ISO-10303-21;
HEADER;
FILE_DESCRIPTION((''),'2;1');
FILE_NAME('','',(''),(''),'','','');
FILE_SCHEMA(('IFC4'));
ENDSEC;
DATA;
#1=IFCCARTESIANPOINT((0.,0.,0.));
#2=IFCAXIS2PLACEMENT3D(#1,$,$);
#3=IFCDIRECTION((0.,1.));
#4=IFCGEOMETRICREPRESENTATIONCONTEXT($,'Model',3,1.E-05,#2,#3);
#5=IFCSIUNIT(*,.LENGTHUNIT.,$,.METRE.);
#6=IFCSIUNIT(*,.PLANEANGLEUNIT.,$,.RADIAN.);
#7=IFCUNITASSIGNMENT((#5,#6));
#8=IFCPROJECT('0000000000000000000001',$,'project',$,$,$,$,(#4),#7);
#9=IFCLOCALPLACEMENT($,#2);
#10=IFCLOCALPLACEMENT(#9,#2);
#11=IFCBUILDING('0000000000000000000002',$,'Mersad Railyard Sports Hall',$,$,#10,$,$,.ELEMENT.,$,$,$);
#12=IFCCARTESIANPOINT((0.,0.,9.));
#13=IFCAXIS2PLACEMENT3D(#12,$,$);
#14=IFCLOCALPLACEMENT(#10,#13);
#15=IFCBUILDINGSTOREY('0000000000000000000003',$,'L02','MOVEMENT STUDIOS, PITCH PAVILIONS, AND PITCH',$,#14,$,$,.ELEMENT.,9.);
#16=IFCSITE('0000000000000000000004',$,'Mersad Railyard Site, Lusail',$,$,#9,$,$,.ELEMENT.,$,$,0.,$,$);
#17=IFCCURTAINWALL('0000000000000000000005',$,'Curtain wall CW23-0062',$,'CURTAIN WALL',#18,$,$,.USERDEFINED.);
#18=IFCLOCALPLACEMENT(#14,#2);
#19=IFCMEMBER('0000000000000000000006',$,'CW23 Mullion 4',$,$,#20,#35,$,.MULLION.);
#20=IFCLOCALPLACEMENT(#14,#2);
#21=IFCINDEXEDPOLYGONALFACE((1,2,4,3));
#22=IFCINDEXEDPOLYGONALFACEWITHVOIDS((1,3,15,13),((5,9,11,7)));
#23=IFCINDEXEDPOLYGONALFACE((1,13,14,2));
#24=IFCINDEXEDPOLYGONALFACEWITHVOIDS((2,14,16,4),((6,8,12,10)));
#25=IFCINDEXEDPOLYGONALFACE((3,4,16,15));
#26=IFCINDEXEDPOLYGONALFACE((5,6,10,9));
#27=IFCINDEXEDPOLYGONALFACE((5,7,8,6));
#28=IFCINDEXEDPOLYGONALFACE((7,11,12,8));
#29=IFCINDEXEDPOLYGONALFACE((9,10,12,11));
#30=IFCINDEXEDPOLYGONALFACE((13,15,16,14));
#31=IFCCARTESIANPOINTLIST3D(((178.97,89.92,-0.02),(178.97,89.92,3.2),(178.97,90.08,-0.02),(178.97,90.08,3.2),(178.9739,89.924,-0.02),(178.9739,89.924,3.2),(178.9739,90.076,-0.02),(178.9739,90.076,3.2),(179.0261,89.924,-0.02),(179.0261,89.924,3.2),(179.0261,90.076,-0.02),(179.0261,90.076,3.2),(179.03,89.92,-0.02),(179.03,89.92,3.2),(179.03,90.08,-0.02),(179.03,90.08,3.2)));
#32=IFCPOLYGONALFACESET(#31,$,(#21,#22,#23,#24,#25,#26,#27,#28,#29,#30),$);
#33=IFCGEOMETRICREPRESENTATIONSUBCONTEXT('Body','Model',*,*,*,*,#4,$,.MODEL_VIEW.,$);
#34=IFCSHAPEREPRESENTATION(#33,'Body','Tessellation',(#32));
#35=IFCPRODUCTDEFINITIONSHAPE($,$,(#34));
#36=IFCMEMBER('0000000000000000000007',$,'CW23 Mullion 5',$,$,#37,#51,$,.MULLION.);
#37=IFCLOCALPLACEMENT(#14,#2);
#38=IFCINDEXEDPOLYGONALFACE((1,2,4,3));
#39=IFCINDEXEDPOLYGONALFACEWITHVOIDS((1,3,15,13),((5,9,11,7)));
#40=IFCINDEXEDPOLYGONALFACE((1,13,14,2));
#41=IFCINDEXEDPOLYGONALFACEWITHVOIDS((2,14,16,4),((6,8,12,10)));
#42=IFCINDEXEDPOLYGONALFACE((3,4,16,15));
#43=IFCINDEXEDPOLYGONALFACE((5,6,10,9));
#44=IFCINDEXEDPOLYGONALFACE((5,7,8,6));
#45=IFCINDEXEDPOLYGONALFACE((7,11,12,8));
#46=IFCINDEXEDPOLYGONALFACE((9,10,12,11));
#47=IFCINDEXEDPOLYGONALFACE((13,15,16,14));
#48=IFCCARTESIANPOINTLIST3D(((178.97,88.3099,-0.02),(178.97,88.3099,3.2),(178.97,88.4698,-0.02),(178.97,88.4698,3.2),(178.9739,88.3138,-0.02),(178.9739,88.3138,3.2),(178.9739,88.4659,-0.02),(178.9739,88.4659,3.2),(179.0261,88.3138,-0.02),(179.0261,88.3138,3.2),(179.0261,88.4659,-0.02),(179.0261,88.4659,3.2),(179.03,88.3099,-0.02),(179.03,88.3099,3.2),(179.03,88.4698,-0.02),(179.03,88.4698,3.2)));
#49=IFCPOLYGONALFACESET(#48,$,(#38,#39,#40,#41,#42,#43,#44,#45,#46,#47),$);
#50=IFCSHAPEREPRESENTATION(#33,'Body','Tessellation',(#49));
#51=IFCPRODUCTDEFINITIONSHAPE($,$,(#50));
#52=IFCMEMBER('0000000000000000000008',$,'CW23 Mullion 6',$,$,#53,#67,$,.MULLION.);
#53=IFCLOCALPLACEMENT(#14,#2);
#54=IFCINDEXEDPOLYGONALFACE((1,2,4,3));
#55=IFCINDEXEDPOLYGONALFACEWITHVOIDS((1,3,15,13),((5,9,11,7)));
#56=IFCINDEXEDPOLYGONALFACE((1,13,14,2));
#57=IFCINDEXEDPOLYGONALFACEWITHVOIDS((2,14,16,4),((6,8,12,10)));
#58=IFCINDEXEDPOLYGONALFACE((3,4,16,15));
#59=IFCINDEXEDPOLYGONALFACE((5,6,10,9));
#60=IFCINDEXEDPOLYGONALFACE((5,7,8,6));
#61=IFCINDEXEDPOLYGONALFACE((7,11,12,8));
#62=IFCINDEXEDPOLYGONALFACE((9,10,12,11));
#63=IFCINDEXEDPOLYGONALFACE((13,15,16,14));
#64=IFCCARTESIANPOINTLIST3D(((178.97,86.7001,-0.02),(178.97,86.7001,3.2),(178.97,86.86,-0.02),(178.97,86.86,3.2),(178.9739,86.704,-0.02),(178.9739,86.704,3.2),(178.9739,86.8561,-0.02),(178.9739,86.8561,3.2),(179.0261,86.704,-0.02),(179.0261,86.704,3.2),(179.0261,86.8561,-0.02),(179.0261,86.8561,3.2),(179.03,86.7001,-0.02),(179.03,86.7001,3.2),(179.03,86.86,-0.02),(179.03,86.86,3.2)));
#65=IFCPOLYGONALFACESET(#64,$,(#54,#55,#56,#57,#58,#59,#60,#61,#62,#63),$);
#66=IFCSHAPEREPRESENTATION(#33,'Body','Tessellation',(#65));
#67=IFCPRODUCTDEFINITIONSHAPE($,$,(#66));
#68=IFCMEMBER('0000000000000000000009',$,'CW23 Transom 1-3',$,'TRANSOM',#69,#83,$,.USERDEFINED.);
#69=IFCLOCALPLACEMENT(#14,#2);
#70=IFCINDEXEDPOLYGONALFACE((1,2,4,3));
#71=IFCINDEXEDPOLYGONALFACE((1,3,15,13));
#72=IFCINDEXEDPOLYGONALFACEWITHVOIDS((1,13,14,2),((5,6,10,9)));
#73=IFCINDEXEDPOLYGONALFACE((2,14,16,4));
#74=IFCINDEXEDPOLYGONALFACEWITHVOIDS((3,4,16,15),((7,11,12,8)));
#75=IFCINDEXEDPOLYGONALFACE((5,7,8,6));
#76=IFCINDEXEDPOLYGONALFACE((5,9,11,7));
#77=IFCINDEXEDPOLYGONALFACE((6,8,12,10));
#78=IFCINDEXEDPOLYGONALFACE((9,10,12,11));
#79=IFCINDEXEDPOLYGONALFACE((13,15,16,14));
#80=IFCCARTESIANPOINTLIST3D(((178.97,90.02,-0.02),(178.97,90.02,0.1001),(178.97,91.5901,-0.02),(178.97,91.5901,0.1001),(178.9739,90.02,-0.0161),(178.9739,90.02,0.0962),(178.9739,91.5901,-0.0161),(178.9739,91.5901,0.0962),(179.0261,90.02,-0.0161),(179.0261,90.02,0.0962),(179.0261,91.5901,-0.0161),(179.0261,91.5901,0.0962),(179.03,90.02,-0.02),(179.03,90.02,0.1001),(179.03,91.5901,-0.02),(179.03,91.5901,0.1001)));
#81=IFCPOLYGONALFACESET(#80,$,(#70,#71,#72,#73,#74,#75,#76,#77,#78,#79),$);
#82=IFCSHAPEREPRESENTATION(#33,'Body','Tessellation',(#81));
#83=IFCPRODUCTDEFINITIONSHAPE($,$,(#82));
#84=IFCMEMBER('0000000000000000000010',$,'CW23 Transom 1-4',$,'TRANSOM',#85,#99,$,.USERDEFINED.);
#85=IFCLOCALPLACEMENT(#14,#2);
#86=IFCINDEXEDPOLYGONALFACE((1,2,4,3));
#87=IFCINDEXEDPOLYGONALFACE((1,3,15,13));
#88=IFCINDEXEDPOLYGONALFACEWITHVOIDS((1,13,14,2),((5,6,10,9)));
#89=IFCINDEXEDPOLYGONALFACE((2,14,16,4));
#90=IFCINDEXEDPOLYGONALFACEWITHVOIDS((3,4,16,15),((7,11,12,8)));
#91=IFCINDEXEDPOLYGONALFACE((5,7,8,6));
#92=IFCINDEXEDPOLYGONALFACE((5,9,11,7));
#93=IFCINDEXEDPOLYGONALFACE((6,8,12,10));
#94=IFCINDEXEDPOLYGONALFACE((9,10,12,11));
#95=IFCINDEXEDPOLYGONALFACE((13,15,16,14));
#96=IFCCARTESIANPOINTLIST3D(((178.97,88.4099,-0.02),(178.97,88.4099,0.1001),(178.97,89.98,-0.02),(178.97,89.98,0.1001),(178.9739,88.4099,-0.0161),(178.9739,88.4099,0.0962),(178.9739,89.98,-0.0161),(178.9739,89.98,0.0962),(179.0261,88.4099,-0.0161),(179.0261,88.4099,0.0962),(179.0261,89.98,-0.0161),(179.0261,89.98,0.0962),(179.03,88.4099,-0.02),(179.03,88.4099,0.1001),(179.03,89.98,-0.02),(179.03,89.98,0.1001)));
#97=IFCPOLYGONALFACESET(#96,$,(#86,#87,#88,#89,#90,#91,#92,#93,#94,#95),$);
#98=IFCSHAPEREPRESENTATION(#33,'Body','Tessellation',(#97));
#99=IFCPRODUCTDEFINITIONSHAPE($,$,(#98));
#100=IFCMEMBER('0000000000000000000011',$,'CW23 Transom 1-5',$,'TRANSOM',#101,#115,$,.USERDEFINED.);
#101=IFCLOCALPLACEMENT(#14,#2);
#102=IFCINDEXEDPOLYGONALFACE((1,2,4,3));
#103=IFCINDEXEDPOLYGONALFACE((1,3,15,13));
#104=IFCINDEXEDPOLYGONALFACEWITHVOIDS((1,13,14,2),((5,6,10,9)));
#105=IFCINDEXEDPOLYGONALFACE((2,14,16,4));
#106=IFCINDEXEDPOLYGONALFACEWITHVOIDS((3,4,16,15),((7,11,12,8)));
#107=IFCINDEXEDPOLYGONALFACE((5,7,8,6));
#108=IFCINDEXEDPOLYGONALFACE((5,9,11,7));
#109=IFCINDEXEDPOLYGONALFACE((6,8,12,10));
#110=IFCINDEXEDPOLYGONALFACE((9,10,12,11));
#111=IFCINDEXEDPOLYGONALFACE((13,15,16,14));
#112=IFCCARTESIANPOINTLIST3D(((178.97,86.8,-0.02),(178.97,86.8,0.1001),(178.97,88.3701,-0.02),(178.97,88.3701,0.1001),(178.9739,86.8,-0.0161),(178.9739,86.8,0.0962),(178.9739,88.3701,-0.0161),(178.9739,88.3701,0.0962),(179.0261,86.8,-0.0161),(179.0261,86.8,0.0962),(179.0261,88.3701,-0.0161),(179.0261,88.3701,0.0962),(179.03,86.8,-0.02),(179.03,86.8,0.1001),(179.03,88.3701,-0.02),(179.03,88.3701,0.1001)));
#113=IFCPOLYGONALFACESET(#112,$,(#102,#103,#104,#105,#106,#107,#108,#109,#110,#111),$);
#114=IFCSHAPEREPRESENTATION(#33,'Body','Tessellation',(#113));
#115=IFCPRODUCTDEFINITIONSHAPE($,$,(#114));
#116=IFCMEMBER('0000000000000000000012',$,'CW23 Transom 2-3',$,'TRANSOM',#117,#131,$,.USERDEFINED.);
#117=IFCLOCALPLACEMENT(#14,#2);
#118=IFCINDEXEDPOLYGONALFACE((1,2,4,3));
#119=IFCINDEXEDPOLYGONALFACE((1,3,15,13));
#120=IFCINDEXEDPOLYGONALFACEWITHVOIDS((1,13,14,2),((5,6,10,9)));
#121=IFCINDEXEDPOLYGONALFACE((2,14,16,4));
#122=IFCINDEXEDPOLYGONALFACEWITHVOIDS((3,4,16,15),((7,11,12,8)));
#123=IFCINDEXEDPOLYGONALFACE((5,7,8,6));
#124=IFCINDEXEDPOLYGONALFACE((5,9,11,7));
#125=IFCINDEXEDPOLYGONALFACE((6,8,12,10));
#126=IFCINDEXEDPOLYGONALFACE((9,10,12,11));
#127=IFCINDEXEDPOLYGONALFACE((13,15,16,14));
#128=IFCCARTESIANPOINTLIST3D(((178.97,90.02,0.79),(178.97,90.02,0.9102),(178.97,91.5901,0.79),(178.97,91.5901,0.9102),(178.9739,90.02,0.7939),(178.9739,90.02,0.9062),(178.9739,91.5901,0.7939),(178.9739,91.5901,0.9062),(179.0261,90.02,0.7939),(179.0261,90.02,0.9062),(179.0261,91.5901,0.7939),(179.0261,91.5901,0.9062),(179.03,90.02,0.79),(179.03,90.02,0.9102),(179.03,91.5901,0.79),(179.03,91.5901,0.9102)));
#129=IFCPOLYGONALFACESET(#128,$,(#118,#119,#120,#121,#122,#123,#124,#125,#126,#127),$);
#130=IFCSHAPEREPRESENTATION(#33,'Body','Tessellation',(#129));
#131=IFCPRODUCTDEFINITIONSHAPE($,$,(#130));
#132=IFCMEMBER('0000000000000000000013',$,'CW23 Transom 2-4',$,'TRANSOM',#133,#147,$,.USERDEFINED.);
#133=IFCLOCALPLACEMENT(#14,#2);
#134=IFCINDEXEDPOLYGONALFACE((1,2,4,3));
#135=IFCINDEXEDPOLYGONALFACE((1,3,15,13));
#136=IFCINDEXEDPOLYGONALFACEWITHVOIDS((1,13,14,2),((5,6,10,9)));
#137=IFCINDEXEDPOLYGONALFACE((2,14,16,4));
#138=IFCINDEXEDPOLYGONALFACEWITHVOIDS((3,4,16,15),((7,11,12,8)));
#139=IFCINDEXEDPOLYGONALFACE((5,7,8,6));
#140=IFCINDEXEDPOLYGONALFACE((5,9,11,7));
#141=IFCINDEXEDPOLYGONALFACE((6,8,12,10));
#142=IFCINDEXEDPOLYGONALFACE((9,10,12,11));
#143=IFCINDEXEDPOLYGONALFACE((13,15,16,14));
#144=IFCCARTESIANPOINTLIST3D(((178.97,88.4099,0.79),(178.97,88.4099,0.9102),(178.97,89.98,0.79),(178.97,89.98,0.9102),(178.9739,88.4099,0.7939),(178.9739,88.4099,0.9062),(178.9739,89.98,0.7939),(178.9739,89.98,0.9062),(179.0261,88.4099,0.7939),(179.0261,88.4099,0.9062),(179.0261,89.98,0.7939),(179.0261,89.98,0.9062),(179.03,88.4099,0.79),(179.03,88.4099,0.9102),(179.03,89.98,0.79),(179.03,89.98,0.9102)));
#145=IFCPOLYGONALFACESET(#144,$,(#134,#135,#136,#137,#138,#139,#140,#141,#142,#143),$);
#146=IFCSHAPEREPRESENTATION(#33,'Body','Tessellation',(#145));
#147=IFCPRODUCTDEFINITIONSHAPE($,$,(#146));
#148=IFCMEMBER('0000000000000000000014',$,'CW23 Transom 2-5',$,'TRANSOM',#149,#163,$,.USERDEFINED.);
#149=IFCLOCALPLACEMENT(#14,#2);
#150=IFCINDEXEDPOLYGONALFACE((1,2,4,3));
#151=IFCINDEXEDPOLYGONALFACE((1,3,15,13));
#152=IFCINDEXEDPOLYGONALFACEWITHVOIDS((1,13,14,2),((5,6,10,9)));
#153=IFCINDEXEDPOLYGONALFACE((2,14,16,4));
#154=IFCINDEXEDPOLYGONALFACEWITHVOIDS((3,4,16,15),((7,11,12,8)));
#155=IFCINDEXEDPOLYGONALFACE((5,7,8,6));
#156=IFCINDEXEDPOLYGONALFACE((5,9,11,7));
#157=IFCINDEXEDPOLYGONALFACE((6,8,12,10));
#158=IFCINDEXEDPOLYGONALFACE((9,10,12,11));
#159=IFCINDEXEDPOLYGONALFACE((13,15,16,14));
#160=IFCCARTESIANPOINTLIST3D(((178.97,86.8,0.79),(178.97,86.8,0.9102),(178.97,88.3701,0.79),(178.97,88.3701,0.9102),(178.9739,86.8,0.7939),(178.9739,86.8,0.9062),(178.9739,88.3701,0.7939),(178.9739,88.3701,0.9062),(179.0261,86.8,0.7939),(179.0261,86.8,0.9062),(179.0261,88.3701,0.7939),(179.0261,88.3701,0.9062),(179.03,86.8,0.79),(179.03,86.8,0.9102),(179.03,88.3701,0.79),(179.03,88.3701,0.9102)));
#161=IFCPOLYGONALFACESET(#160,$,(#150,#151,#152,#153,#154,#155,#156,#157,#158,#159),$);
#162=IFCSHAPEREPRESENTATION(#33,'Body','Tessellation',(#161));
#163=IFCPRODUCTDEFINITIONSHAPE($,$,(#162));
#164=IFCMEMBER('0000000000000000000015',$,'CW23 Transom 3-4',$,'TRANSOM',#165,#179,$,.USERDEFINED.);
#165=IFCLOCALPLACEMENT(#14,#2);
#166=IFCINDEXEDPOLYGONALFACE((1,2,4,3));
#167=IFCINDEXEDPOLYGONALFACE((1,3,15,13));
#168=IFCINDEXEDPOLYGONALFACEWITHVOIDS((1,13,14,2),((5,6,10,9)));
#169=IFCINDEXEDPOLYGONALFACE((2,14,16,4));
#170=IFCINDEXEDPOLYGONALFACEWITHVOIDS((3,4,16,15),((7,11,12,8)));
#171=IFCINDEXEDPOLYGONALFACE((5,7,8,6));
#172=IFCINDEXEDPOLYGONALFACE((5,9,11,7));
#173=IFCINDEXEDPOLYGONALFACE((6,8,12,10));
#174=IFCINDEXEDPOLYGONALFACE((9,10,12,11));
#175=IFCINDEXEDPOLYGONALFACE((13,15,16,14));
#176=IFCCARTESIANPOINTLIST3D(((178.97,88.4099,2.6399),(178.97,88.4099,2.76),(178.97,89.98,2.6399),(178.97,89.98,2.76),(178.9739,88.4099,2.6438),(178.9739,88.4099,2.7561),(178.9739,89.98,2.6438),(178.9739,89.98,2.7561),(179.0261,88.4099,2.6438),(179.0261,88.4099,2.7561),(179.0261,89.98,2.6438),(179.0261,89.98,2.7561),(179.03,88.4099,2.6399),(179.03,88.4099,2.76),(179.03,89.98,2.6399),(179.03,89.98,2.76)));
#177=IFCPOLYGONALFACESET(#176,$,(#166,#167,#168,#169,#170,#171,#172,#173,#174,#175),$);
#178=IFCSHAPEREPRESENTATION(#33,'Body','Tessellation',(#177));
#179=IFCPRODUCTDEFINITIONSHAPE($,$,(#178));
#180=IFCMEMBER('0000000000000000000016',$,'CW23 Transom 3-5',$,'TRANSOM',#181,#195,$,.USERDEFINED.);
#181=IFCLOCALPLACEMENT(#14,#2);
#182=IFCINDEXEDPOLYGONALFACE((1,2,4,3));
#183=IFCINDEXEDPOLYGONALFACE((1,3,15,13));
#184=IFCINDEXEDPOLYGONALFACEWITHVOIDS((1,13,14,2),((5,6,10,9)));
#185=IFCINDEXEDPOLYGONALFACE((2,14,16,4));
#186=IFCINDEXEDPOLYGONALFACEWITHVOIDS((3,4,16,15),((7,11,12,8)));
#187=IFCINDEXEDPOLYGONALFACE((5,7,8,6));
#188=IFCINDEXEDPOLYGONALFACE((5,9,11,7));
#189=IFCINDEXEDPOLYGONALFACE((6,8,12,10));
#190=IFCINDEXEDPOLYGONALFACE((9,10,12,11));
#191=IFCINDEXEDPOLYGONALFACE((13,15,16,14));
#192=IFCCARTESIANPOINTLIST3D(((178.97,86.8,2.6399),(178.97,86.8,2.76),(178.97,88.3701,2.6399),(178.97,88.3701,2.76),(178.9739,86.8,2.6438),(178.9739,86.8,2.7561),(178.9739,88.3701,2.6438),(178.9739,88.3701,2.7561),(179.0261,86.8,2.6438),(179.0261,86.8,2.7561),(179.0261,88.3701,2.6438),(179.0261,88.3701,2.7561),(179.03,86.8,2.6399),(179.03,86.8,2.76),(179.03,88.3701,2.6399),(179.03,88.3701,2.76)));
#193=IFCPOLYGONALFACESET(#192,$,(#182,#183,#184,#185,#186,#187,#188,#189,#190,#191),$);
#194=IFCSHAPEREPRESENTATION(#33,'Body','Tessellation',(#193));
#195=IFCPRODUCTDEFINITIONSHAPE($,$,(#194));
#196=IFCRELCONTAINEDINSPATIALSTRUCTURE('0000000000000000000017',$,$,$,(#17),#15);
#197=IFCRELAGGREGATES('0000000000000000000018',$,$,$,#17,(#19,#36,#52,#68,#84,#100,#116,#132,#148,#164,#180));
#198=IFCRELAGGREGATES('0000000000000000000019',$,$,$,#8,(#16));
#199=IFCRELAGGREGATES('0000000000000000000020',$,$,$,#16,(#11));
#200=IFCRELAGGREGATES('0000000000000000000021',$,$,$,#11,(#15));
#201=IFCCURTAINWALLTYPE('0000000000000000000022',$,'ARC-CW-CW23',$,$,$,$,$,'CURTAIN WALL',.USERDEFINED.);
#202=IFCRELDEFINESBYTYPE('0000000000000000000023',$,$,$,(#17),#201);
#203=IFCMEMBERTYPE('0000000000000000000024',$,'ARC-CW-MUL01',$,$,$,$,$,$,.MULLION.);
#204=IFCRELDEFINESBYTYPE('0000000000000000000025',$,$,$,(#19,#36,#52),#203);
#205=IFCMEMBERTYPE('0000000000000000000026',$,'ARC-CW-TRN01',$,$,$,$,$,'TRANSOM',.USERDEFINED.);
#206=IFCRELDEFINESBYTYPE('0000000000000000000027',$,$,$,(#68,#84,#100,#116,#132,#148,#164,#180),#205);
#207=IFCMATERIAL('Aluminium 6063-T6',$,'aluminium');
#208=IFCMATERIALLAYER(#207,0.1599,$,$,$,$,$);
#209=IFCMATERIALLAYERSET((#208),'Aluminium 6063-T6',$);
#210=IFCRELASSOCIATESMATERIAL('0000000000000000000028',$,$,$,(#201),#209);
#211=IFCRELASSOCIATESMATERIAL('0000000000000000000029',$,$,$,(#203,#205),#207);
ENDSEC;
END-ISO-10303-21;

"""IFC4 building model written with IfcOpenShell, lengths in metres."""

from ifc_helpers import new_model, si_unit, direction, frame, origin, origin_2d, place, context, subcontext, project, spatial, hollow_rectangle, extrude, material, layer, layer_set, material_profile, profile_set, type_object, element, aggregate, save


model = new_model("IFC4")

# Units and contexts
model_context = context("Model", 3, precision=1e-05, world=origin(), true_north=direction((0.0, 1.0)))
body_context = subcontext(model_context, "Body", "Model", "MODEL_VIEW")
ifc_project = project(units=[si_unit("LENGTHUNIT", "METRE"), si_unit("PLANEANGLEUNIT", "RADIAN")], contexts=[model_context])

# Site, building, storey
site_placement = place(None, origin())
site = spatial("IfcSite", under=ifc_project, at=site_placement, Name="Mersad Railyard Site, Lusail", CompositionType="ELEMENT", RefElevation=0.0)
building_placement = place(site_placement, origin())
building = spatial("IfcBuilding", under=site, at=building_placement, Name="Mersad Railyard Sports Hall", CompositionType="ELEMENT")
storey_placement = place(building_placement, frame((0.0, 0.0, 9.0)))
storey = spatial("IfcBuildingStorey", under=building, at=storey_placement, Name="L02", Description="MOVEMENT STUDIOS, PITCH PAVILIONS, AND PITCH", CompositionType="ELEMENT", Elevation=9.0)

# Curtain wall, members
ifc_material_1 = material(Name="Aluminium 6063-T6", Category="aluminium")
ifc_layer_1 = layer(ifc_material_1, 0.1599)
ifc_layer_set_1 = layer_set([ifc_layer_1], Name="Aluminium 6063-T6")
curtain_wall_type = type_object("IfcCurtainWallType", Name="ARC-CW-CW23", ElementType="CURTAIN WALL", PredefinedType="USERDEFINED", material=ifc_layer_set_1)
curtain_wall_placement = place(storey_placement, origin())
curtain_wall = element("IfcCurtainWall", 1, at=curtain_wall_placement, inside=storey, type_object=curtain_wall_type, Name="Curtain wall CW23-0062", ObjectType="CURTAIN WALL", PredefinedType="USERDEFINED")
ifc_material_profile_1 = material_profile(ifc_material_1, hollow_rectangle(XDim=0.0601, YDim=0.1599, WallThickness=0.0039, at=origin_2d()), Name="AL MULLION 60x160x4")
ifc_profile_set_1 = profile_set([ifc_material_profile_1], Name="Aluminium 6063-T6")
member_type_1 = type_object("IfcMemberType", Name="ARC-CW-MUL01", PredefinedType="MULLION", material=ifc_profile_set_1)
member_1_placement = place(storey_placement, frame((179.0, 90.0, -0.02), z_axis=(0.0, 0.0, 1.0), x_axis=(1.0, 0.0, 0.0)))
member_1 = element("IfcMember", 2, at=member_1_placement, type_object=member_type_1, Name="CW23 Mullion 4", PredefinedType="MULLION", context=body_context, shape_type="SweptSolid", body=[
    extrude(hollow_rectangle(XDim=0.0601, YDim=0.1599, WallThickness=0.0039, at=origin_2d()), origin(), (0.0, 0.0, 1.0), 3.22),
])
member_2_placement = place(storey_placement, frame((179.0, 88.3899, -0.02), z_axis=(0.0, 0.0, 1.0), x_axis=(1.0, 0.0, 0.0)))
member_2 = element("IfcMember", 3, at=member_2_placement, type_object=member_type_1, Name="CW23 Mullion 5", PredefinedType="MULLION", context=body_context, shape_type="SweptSolid", body=[
    extrude(hollow_rectangle(XDim=0.0601, YDim=0.1599, WallThickness=0.0039, at=origin_2d()), origin(), (0.0, 0.0, 1.0), 3.22),
])
member_3_placement = place(storey_placement, frame((179.0, 86.78, -0.02), z_axis=(0.0, 0.0, 1.0), x_axis=(1.0, 0.0, 0.0)))
member_3 = element("IfcMember", 4, at=member_3_placement, type_object=member_type_1, Name="CW23 Mullion 6", PredefinedType="MULLION", context=body_context, shape_type="SweptSolid", body=[
    extrude(hollow_rectangle(XDim=0.0601, YDim=0.1599, WallThickness=0.0039, at=origin_2d()), origin(), (0.0, 0.0, 1.0), 3.22),
])
ifc_material_profile_2 = material_profile(ifc_material_1, hollow_rectangle(XDim=0.0601, YDim=0.1201, WallThickness=0.0039, at=origin_2d()), Name="AL TRANSOM 60x120x4")
ifc_profile_set_2 = profile_set([ifc_material_profile_2], Name="Aluminium 6063-T6")
member_type_2 = type_object("IfcMemberType", Name="ARC-CW-TRN01", ElementType="TRANSOM", PredefinedType="USERDEFINED", material=ifc_profile_set_2)
member_4_placement = place(storey_placement, frame((179.0, 91.5901, 0.04), z_axis=(0.0, -1.0, 0.0), x_axis=(1.0, 0.0, 0.0)))
member_4 = element("IfcMember", 5, at=member_4_placement, type_object=member_type_2, Name="CW23 Transom 1-3", ObjectType="TRANSOM", PredefinedType="USERDEFINED", context=body_context, shape_type="SweptSolid", body=[
    extrude(hollow_rectangle(XDim=0.0601, YDim=0.1201, WallThickness=0.0039, at=origin_2d()), origin(), (0.0, 0.0, 1.0), 1.5701),
])
member_5_placement = place(storey_placement, frame((179.0, 89.98, 0.04), z_axis=(0.0, -1.0, 0.0), x_axis=(1.0, 0.0, 0.0)))
member_5 = element("IfcMember", 6, at=member_5_placement, type_object=member_type_2, Name="CW23 Transom 1-4", ObjectType="TRANSOM", PredefinedType="USERDEFINED", context=body_context, shape_type="SweptSolid", body=[
    extrude(hollow_rectangle(XDim=0.0601, YDim=0.1201, WallThickness=0.0039, at=origin_2d()), origin(), (0.0, 0.0, 1.0), 1.5701),
])
member_6_placement = place(storey_placement, frame((179.0, 88.3701, 0.04), z_axis=(0.0, -1.0, 0.0), x_axis=(1.0, 0.0, 0.0)))
member_6 = element("IfcMember", 7, at=member_6_placement, type_object=member_type_2, Name="CW23 Transom 1-5", ObjectType="TRANSOM", PredefinedType="USERDEFINED", context=body_context, shape_type="SweptSolid", body=[
    extrude(hollow_rectangle(XDim=0.0601, YDim=0.1201, WallThickness=0.0039, at=origin_2d()), origin(), (0.0, 0.0, 1.0), 1.5701),
])
member_7_placement = place(storey_placement, frame((179.0, 91.5901, 0.8501), z_axis=(0.0, -1.0, 0.0), x_axis=(1.0, 0.0, 0.0)))
member_7 = element("IfcMember", 8, at=member_7_placement, type_object=member_type_2, Name="CW23 Transom 2-3", ObjectType="TRANSOM", PredefinedType="USERDEFINED", context=body_context, shape_type="SweptSolid", body=[
    extrude(hollow_rectangle(XDim=0.0601, YDim=0.1201, WallThickness=0.0039, at=origin_2d()), origin(), (0.0, 0.0, 1.0), 1.5701),
])
member_8_placement = place(storey_placement, frame((179.0, 89.98, 0.8501), z_axis=(0.0, -1.0, 0.0), x_axis=(1.0, 0.0, 0.0)))
member_8 = element("IfcMember", 9, at=member_8_placement, type_object=member_type_2, Name="CW23 Transom 2-4", ObjectType="TRANSOM", PredefinedType="USERDEFINED", context=body_context, shape_type="SweptSolid", body=[
    extrude(hollow_rectangle(XDim=0.0601, YDim=0.1201, WallThickness=0.0039, at=origin_2d()), origin(), (0.0, 0.0, 1.0), 1.5701),
])
member_9_placement = place(storey_placement, frame((179.0, 88.3701, 0.8501), z_axis=(0.0, -1.0, 0.0), x_axis=(1.0, 0.0, 0.0)))
member_9 = element("IfcMember", 10, at=member_9_placement, type_object=member_type_2, Name="CW23 Transom 2-5", ObjectType="TRANSOM", PredefinedType="USERDEFINED", context=body_context, shape_type="SweptSolid", body=[
    extrude(hollow_rectangle(XDim=0.0601, YDim=0.1201, WallThickness=0.0039, at=origin_2d()), origin(), (0.0, 0.0, 1.0), 1.5701),
])
member_10_placement = place(storey_placement, frame((179.0, 89.98, 2.7), z_axis=(0.0, -1.0, 0.0), x_axis=(1.0, 0.0, 0.0)))
member_10 = element("IfcMember", 11, at=member_10_placement, type_object=member_type_2, Name="CW23 Transom 3-4", ObjectType="TRANSOM", PredefinedType="USERDEFINED", context=body_context, shape_type="SweptSolid", body=[
    extrude(hollow_rectangle(XDim=0.0601, YDim=0.1201, WallThickness=0.0039, at=origin_2d()), origin(), (0.0, 0.0, 1.0), 1.5701),
])
member_11_placement = place(storey_placement, frame((179.0, 88.3701, 2.7), z_axis=(0.0, -1.0, 0.0), x_axis=(1.0, 0.0, 0.0)))
member_11 = element("IfcMember", 12, at=member_11_placement, type_object=member_type_2, Name="CW23 Transom 3-5", ObjectType="TRANSOM", PredefinedType="USERDEFINED", context=body_context, shape_type="SweptSolid", body=[
    extrude(hollow_rectangle(XDim=0.0601, YDim=0.1201, WallThickness=0.0039, at=origin_2d()), origin(), (0.0, 0.0, 1.0), 1.5701),
])
aggregate(curtain_wall, [member_1, member_2, member_3, member_4, member_5, member_6, member_7, member_8, member_9, member_10, member_11])

save(model, "model.ifc")
